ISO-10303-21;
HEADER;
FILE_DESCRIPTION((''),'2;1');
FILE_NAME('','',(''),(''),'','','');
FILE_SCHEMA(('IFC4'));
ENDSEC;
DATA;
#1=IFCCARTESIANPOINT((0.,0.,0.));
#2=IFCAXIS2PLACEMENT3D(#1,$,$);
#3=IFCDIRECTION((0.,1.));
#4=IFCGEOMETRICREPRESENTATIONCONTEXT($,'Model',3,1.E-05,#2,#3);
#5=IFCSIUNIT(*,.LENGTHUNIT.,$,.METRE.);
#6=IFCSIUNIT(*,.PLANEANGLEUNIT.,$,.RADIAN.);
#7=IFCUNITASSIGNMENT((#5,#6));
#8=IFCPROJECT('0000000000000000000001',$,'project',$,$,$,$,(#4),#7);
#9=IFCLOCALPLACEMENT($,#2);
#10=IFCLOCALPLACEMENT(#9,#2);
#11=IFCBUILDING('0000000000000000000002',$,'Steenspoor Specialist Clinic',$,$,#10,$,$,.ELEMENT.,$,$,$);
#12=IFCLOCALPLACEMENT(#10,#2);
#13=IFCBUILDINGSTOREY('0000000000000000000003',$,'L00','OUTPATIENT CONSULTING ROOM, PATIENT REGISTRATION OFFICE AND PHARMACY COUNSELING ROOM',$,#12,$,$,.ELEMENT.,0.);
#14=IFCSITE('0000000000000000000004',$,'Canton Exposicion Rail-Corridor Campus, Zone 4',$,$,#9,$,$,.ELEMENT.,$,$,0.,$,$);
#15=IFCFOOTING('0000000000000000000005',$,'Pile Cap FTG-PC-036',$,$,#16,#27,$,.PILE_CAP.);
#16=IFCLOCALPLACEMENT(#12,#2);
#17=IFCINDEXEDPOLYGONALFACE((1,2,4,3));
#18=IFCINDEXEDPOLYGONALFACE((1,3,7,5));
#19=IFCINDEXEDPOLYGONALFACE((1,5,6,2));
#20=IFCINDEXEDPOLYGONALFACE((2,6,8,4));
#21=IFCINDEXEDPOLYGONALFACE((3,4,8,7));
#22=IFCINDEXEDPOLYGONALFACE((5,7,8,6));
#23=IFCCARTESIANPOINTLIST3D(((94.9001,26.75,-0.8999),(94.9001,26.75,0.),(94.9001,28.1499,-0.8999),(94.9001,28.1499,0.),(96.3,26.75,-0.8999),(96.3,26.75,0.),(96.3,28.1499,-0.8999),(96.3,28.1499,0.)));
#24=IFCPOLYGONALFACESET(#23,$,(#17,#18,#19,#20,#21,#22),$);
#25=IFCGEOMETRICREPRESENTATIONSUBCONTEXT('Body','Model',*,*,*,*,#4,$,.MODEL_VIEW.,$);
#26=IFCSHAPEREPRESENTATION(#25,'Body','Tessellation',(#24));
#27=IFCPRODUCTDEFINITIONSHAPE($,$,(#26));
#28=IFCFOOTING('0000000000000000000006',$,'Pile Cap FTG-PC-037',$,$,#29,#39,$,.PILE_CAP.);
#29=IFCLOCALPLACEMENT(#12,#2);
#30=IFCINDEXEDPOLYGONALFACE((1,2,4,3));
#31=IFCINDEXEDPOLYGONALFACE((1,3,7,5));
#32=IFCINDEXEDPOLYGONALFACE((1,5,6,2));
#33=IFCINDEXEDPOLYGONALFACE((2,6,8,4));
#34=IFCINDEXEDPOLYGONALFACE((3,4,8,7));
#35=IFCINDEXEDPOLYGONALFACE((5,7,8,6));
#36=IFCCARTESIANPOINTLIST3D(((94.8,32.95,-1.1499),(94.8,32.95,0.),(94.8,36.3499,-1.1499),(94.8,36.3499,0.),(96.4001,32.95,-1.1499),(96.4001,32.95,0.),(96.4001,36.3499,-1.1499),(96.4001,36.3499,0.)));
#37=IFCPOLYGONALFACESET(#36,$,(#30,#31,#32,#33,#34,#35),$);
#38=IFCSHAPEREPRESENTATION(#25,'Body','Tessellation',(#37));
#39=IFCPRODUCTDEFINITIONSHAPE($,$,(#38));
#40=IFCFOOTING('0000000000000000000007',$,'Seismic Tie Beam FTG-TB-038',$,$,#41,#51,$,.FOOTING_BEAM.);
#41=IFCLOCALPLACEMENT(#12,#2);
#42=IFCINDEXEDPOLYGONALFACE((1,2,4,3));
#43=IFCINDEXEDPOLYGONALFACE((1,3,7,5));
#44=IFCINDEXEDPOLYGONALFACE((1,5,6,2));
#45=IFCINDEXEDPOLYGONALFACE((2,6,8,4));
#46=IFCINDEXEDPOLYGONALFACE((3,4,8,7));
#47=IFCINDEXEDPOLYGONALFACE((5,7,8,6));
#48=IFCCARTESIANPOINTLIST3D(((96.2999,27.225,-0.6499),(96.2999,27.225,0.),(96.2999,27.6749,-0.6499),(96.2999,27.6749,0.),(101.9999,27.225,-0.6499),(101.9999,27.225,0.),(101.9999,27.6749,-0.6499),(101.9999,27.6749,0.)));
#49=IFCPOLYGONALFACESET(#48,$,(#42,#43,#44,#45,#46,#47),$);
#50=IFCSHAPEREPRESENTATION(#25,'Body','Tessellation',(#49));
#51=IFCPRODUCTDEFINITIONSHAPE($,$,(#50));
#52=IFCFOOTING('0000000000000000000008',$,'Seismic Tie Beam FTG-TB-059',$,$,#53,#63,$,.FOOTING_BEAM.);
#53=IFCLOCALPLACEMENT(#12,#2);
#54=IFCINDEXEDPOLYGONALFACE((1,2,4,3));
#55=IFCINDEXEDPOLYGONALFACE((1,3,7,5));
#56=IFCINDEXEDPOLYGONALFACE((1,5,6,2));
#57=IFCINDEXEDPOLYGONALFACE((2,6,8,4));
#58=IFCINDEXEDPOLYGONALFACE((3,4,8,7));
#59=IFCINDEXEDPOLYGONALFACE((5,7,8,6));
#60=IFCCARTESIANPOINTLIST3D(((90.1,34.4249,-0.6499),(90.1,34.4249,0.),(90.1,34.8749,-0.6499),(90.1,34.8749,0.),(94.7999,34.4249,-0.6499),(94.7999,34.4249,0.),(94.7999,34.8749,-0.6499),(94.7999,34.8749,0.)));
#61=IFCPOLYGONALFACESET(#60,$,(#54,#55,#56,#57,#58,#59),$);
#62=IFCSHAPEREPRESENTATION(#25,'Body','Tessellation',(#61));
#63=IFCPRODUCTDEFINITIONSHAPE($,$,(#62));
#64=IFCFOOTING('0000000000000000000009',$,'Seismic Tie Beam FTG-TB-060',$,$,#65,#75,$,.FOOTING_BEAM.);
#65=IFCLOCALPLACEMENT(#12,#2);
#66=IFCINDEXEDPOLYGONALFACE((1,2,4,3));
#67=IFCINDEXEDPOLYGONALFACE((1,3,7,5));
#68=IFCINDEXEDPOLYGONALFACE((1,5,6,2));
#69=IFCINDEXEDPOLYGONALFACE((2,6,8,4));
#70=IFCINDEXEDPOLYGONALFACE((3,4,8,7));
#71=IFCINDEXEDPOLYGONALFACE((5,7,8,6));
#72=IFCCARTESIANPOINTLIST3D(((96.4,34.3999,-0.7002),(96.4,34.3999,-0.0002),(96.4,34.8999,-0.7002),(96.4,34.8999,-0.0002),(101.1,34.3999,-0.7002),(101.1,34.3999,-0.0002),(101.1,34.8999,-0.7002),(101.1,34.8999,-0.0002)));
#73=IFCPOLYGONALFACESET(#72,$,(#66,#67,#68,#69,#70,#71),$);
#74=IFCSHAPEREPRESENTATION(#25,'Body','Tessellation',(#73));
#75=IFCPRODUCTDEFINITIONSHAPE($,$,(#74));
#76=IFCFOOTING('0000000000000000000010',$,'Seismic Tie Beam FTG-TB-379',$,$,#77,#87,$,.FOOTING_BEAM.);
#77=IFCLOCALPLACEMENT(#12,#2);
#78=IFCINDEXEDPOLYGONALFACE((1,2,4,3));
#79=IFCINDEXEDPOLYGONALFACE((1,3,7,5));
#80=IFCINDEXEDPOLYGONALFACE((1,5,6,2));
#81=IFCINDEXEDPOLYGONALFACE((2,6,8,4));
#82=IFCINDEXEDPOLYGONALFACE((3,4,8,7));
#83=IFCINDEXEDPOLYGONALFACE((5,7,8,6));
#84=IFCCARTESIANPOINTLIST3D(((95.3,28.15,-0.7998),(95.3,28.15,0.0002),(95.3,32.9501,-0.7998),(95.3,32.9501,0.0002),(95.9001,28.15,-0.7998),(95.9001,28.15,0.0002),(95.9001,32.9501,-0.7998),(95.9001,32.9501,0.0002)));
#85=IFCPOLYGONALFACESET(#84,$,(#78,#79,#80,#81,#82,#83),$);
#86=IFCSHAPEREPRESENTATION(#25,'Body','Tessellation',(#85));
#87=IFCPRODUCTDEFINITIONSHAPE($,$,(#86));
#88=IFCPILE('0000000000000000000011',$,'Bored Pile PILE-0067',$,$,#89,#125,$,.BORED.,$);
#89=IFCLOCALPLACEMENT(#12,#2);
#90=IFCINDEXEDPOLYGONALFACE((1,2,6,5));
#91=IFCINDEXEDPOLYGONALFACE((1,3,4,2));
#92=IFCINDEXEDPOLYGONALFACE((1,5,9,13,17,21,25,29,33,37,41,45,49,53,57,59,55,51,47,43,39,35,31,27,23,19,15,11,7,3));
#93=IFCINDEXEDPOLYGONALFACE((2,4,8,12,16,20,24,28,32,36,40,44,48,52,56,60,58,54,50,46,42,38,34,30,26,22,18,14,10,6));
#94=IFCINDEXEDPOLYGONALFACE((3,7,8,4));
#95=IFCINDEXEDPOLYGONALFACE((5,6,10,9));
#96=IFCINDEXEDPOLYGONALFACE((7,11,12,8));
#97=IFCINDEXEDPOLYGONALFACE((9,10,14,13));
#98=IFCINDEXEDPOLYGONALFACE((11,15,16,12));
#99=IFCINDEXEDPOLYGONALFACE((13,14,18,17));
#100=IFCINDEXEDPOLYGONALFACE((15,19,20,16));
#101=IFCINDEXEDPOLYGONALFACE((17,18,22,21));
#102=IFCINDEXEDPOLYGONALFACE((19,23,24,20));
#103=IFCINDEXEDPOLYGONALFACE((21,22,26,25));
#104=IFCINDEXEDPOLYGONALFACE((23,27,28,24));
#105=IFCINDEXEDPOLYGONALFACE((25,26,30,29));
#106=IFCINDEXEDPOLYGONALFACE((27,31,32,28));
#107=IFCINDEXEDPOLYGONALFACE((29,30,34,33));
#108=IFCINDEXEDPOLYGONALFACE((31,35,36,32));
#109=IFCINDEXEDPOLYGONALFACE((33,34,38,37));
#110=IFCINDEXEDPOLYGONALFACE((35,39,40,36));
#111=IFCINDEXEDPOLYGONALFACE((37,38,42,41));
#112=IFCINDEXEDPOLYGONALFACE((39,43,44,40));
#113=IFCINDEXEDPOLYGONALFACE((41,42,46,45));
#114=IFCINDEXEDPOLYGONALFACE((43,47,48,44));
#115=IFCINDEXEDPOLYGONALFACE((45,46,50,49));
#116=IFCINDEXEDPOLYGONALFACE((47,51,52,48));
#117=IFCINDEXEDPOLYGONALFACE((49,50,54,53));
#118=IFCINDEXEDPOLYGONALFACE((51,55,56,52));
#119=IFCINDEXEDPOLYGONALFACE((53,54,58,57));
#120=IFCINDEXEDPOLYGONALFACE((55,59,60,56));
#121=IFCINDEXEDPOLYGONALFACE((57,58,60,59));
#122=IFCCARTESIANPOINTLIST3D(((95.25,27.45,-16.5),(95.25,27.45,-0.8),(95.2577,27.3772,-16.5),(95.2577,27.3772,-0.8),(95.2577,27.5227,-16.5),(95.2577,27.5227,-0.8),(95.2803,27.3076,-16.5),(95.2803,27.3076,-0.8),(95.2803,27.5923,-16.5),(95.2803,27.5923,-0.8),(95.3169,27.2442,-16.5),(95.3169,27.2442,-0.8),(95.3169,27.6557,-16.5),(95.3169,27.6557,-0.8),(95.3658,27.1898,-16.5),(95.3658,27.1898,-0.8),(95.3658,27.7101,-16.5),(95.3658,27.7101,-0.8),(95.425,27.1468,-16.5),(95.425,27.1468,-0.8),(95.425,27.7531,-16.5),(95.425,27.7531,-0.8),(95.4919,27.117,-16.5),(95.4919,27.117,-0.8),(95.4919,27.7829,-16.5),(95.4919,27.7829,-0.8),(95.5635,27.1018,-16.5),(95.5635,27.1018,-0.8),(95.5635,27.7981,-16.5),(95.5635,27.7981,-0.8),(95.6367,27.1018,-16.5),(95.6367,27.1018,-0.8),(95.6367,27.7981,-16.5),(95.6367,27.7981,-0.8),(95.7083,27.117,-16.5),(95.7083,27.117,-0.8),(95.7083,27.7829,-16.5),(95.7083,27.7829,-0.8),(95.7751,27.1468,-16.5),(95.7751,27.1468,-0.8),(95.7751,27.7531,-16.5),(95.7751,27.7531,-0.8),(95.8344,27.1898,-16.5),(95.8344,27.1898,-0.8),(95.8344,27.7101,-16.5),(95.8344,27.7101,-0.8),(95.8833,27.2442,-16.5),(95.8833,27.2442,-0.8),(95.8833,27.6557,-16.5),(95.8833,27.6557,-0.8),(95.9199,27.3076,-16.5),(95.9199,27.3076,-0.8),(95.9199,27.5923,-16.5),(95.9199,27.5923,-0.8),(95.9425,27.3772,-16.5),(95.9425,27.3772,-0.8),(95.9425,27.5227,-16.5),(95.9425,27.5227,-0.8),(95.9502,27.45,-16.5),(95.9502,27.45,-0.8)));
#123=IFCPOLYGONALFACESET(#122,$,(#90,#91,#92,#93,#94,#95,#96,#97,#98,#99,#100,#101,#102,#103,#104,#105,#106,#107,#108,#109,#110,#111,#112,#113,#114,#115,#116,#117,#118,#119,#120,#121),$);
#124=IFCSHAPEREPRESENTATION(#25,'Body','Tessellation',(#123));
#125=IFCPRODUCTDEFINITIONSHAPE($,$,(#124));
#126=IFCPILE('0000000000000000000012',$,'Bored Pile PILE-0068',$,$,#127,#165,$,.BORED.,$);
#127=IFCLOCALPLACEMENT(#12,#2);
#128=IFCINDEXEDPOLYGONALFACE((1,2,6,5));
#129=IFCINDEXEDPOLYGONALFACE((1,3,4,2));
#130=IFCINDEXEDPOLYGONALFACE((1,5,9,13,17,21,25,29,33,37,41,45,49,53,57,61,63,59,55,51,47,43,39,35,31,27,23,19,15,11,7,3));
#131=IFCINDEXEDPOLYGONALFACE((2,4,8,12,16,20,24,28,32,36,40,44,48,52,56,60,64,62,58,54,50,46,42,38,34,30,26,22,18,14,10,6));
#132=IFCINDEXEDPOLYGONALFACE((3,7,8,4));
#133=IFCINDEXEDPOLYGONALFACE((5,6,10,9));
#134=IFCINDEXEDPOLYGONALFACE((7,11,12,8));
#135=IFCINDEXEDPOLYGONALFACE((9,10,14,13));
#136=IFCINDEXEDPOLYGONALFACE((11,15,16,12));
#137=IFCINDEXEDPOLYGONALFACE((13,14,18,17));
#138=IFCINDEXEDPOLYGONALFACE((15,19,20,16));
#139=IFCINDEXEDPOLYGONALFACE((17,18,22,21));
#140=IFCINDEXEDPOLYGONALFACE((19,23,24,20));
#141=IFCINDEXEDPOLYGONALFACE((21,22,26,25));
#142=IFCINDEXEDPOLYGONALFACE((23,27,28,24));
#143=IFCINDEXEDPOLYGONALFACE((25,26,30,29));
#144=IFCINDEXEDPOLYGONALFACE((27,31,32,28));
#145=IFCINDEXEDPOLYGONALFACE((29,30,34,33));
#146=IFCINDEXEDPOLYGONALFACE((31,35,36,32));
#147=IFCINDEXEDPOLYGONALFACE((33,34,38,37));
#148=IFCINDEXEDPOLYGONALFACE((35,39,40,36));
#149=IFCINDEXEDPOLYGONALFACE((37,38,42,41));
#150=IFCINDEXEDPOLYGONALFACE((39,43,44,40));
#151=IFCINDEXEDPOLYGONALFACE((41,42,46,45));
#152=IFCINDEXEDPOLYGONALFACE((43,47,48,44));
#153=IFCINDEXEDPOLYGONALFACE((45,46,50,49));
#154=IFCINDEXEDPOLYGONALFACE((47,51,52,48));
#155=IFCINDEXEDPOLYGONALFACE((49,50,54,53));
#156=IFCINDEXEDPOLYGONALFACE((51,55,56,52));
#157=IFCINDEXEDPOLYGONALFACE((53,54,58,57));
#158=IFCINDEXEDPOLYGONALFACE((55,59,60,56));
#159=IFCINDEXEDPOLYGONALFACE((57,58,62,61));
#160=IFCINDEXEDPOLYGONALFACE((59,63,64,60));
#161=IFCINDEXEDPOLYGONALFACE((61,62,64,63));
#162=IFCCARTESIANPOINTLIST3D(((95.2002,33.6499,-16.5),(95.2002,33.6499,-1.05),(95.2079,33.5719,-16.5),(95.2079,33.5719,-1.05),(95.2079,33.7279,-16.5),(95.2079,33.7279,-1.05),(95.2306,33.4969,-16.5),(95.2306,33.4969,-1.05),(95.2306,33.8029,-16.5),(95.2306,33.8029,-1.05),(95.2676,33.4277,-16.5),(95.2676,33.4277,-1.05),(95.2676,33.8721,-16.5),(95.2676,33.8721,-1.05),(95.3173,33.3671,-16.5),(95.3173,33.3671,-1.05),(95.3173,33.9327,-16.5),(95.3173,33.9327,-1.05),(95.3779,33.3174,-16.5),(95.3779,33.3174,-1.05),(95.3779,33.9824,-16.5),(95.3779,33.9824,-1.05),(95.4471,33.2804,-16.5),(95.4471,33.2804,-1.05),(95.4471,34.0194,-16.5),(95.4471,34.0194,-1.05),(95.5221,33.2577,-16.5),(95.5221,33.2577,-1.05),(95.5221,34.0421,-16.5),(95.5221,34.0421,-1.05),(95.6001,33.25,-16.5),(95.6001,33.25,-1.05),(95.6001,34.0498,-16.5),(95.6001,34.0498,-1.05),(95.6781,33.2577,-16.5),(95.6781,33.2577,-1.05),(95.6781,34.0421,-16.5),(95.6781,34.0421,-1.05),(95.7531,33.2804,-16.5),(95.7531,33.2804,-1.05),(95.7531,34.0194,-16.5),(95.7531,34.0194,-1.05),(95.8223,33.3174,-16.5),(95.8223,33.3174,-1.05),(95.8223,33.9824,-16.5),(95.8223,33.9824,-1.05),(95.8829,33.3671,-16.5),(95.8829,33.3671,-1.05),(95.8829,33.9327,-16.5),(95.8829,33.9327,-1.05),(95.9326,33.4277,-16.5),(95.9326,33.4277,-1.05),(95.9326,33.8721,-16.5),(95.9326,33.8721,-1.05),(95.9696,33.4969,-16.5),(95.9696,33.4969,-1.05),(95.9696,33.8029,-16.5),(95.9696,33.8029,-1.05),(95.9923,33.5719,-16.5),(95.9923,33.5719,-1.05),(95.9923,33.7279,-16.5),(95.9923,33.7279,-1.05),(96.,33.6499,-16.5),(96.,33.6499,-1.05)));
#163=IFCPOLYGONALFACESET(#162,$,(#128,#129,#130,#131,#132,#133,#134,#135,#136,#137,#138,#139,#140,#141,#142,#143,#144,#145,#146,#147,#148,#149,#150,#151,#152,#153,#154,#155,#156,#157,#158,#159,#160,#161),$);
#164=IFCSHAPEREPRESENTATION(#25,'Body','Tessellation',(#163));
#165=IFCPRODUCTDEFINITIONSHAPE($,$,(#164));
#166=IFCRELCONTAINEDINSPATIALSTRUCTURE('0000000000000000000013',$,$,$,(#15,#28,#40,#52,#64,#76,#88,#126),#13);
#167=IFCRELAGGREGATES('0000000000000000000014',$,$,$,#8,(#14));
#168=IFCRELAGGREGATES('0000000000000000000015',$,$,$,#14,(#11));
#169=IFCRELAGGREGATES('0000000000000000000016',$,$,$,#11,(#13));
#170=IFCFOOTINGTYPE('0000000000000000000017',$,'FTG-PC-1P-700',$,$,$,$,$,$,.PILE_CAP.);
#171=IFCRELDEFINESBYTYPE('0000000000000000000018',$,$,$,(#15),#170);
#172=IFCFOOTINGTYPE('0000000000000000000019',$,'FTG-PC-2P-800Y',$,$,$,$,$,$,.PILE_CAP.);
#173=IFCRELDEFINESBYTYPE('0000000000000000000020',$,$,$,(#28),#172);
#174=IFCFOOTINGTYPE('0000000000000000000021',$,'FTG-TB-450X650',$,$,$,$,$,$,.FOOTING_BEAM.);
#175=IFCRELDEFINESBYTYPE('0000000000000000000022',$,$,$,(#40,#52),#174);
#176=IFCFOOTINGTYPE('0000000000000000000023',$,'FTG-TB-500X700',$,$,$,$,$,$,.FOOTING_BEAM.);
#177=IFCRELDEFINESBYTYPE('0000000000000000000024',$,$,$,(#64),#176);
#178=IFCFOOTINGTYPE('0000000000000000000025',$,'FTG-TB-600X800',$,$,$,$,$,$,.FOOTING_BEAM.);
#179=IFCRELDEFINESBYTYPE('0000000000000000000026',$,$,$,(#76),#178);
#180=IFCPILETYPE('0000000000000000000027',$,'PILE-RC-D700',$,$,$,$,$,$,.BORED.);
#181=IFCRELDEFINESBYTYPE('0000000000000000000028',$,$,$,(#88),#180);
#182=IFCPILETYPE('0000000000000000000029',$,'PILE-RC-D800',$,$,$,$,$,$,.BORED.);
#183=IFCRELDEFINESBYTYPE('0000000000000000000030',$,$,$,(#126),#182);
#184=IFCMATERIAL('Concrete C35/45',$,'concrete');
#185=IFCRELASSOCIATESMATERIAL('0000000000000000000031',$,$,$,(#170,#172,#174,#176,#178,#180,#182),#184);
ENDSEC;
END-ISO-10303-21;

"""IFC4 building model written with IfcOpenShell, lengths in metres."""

from ifc_helpers import new_model, si_unit, direction, frame, origin, origin_2d, place, context, subcontext, project, spatial, rectangle, circle, extrude, material, material_profile, profile_set, type_object, element, save


model = new_model("IFC4")

# Units and contexts
model_context = context("Model", 3, precision=1e-05, world=origin(), true_north=direction((0.0, 1.0)))
body_context = subcontext(model_context, "Body", "Model", "MODEL_VIEW")
ifc_project = project(units=[si_unit("LENGTHUNIT", "METRE"), si_unit("PLANEANGLEUNIT", "RADIAN")], contexts=[model_context])

# Site, building, storey
site_placement = place(None, origin())
site = spatial("IfcSite", under=ifc_project, at=site_placement, Name="Canton Exposicion Rail-Corridor Campus, Zone 4", CompositionType="ELEMENT", RefElevation=0.0)
building_placement = place(site_placement, origin())
building = spatial("IfcBuilding", under=site, at=building_placement, Name="Steenspoor Specialist Clinic", CompositionType="ELEMENT")
storey_placement = place(building_placement, origin())
storey = spatial("IfcBuildingStorey", under=building, at=storey_placement, Name="L00", Description="OUTPATIENT CONSULTING ROOM, PATIENT REGISTRATION OFFICE AND PHARMACY COUNSELING ROOM", CompositionType="ELEMENT", Elevation=0.0)

# Footings
ifc_material_1 = material(Name="Concrete C35/45", Category="concrete")
footing_type_1 = type_object("IfcFootingType", Name="FTG-PC-1P-700", PredefinedType="PILE_CAP", material=ifc_material_1)
footing_1_placement = place(storey_placement, frame((95.6001, 27.45, -0.8999), z_axis=(0.0, 0.0, 1.0), x_axis=(1.0, 0.0, 0.0)))
element("IfcFooting", 1, at=footing_1_placement, inside=storey, type_object=footing_type_1, Name="Pile Cap FTG-PC-036", PredefinedType="PILE_CAP", context=body_context, shape_type="SweptSolid", body=[
    extrude(rectangle(XDim=1.3999, YDim=1.3999, at=origin_2d()), origin(), (0.0, 0.0, 1.0), 0.8999),
])
footing_type_2 = type_object("IfcFootingType", Name="FTG-PC-2P-800Y", PredefinedType="PILE_CAP", material=ifc_material_1)
footing_2_placement = place(storey_placement, frame((95.6001, 34.6499, -1.1499), z_axis=(0.0, 0.0, 1.0), x_axis=(1.0, 0.0, 0.0)))
element("IfcFooting", 2, at=footing_2_placement, inside=storey, type_object=footing_type_2, Name="Pile Cap FTG-PC-037", PredefinedType="PILE_CAP", context=body_context, shape_type="SweptSolid", body=[
    extrude(rectangle(XDim=1.6001, YDim=3.3999, at=origin_2d()), origin(), (0.0, 0.0, 1.0), 1.1499),
])
footing_type_3 = type_object("IfcFootingType", Name="FTG-TB-450X650", PredefinedType="FOOTING_BEAM", material=ifc_material_1)
footing_3_placement = place(storey_placement, frame((99.1499, 27.45, -0.6499), z_axis=(0.0, 0.0, 1.0), x_axis=(1.0, 0.0, 0.0)))
element("IfcFooting", 3, at=footing_3_placement, inside=storey, type_object=footing_type_3, Name="Seismic Tie Beam FTG-TB-038", PredefinedType="FOOTING_BEAM", context=body_context, shape_type="SweptSolid", body=[
    extrude(rectangle(XDim=5.7, YDim=0.45, at=origin_2d()), origin(), (0.0, 0.0, 1.0), 0.6499),
])
footing_4_placement = place(storey_placement, frame((92.45, 34.6499, -0.6499), z_axis=(0.0, 0.0, 1.0), x_axis=(1.0, 0.0, 0.0)))
element("IfcFooting", 4, at=footing_4_placement, inside=storey, type_object=footing_type_3, Name="Seismic Tie Beam FTG-TB-059", PredefinedType="FOOTING_BEAM", context=body_context, shape_type="SweptSolid", body=[
    extrude(rectangle(XDim=4.7, YDim=0.45, at=origin_2d()), origin(), (0.0, 0.0, 1.0), 0.6499),
])
footing_type_4 = type_object("IfcFootingType", Name="FTG-TB-500X700", PredefinedType="FOOTING_BEAM", material=ifc_material_1)
footing_5_placement = place(storey_placement, frame((98.75, 34.6499, -0.7002), z_axis=(0.0, 0.0, 1.0), x_axis=(1.0, 0.0, 0.0)))
element("IfcFooting", 5, at=footing_5_placement, inside=storey, type_object=footing_type_4, Name="Seismic Tie Beam FTG-TB-060", PredefinedType="FOOTING_BEAM", context=body_context, shape_type="SweptSolid", body=[
    extrude(rectangle(XDim=4.7, YDim=0.5, at=origin_2d()), origin(), (0.0, 0.0, 1.0), 0.7),
])
footing_type_5 = type_object("IfcFootingType", Name="FTG-TB-600X800", PredefinedType="FOOTING_BEAM", material=ifc_material_1)
footing_6_placement = place(storey_placement, frame((95.6001, 30.55, -0.7998), z_axis=(0.0, 0.0, 1.0), x_axis=(1.0, 0.0, 0.0)))
element("IfcFooting", 6, at=footing_6_placement, inside=storey, type_object=footing_type_5, Name="Seismic Tie Beam FTG-TB-379", PredefinedType="FOOTING_BEAM", context=body_context, shape_type="SweptSolid", body=[
    extrude(rectangle(XDim=0.6001, YDim=4.8, at=origin_2d()), origin(), (0.0, 0.0, 1.0), 0.8),
])

# Piles
ifc_material_profile_1 = material_profile(ifc_material_1, circle(Radius=0.3501, at=origin_2d()), Name="PILE-D700")
ifc_profile_set_1 = profile_set([ifc_material_profile_1], Name="Concrete C35/45")
pile_type_1 = type_object("IfcPileType", Name="PILE-RC-D700", PredefinedType="BORED", material=ifc_profile_set_1)
pile_1_placement = place(storey_placement, frame((95.6001, 27.45, -0.8), z_axis=(0.0, 0.0, -1.0), x_axis=(1.0, 0.0, 0.0)))
element("IfcPile", 7, at=pile_1_placement, inside=storey, type_object=pile_type_1, Name="Bored Pile PILE-0067", PredefinedType="BORED", context=body_context, shape_type="SweptSolid", body=[
    extrude(circle(Radius=0.3501, at=origin_2d()), origin(), (0.0, 0.0, 1.0), 15.7),
])
ifc_material_profile_2 = material_profile(ifc_material_1, circle(Radius=0.3999, at=origin_2d()), Name="PILE-D800")
ifc_profile_set_2 = profile_set([ifc_material_profile_2], Name="Concrete C35/45")
pile_type_2 = type_object("IfcPileType", Name="PILE-RC-D800", PredefinedType="BORED", material=ifc_profile_set_2)
pile_2_placement = place(storey_placement, frame((95.6001, 33.6499, -1.05), z_axis=(0.0, 0.0, -1.0), x_axis=(1.0, 0.0, 0.0)))
element("IfcPile", 8, at=pile_2_placement, inside=storey, type_object=pile_type_2, Name="Bored Pile PILE-0068", PredefinedType="BORED", context=body_context, shape_type="SweptSolid", body=[
    extrude(circle(Radius=0.3999, at=origin_2d()), origin(), (0.0, 0.0, 1.0), 15.45),
])

save(model, "model.ifc")
